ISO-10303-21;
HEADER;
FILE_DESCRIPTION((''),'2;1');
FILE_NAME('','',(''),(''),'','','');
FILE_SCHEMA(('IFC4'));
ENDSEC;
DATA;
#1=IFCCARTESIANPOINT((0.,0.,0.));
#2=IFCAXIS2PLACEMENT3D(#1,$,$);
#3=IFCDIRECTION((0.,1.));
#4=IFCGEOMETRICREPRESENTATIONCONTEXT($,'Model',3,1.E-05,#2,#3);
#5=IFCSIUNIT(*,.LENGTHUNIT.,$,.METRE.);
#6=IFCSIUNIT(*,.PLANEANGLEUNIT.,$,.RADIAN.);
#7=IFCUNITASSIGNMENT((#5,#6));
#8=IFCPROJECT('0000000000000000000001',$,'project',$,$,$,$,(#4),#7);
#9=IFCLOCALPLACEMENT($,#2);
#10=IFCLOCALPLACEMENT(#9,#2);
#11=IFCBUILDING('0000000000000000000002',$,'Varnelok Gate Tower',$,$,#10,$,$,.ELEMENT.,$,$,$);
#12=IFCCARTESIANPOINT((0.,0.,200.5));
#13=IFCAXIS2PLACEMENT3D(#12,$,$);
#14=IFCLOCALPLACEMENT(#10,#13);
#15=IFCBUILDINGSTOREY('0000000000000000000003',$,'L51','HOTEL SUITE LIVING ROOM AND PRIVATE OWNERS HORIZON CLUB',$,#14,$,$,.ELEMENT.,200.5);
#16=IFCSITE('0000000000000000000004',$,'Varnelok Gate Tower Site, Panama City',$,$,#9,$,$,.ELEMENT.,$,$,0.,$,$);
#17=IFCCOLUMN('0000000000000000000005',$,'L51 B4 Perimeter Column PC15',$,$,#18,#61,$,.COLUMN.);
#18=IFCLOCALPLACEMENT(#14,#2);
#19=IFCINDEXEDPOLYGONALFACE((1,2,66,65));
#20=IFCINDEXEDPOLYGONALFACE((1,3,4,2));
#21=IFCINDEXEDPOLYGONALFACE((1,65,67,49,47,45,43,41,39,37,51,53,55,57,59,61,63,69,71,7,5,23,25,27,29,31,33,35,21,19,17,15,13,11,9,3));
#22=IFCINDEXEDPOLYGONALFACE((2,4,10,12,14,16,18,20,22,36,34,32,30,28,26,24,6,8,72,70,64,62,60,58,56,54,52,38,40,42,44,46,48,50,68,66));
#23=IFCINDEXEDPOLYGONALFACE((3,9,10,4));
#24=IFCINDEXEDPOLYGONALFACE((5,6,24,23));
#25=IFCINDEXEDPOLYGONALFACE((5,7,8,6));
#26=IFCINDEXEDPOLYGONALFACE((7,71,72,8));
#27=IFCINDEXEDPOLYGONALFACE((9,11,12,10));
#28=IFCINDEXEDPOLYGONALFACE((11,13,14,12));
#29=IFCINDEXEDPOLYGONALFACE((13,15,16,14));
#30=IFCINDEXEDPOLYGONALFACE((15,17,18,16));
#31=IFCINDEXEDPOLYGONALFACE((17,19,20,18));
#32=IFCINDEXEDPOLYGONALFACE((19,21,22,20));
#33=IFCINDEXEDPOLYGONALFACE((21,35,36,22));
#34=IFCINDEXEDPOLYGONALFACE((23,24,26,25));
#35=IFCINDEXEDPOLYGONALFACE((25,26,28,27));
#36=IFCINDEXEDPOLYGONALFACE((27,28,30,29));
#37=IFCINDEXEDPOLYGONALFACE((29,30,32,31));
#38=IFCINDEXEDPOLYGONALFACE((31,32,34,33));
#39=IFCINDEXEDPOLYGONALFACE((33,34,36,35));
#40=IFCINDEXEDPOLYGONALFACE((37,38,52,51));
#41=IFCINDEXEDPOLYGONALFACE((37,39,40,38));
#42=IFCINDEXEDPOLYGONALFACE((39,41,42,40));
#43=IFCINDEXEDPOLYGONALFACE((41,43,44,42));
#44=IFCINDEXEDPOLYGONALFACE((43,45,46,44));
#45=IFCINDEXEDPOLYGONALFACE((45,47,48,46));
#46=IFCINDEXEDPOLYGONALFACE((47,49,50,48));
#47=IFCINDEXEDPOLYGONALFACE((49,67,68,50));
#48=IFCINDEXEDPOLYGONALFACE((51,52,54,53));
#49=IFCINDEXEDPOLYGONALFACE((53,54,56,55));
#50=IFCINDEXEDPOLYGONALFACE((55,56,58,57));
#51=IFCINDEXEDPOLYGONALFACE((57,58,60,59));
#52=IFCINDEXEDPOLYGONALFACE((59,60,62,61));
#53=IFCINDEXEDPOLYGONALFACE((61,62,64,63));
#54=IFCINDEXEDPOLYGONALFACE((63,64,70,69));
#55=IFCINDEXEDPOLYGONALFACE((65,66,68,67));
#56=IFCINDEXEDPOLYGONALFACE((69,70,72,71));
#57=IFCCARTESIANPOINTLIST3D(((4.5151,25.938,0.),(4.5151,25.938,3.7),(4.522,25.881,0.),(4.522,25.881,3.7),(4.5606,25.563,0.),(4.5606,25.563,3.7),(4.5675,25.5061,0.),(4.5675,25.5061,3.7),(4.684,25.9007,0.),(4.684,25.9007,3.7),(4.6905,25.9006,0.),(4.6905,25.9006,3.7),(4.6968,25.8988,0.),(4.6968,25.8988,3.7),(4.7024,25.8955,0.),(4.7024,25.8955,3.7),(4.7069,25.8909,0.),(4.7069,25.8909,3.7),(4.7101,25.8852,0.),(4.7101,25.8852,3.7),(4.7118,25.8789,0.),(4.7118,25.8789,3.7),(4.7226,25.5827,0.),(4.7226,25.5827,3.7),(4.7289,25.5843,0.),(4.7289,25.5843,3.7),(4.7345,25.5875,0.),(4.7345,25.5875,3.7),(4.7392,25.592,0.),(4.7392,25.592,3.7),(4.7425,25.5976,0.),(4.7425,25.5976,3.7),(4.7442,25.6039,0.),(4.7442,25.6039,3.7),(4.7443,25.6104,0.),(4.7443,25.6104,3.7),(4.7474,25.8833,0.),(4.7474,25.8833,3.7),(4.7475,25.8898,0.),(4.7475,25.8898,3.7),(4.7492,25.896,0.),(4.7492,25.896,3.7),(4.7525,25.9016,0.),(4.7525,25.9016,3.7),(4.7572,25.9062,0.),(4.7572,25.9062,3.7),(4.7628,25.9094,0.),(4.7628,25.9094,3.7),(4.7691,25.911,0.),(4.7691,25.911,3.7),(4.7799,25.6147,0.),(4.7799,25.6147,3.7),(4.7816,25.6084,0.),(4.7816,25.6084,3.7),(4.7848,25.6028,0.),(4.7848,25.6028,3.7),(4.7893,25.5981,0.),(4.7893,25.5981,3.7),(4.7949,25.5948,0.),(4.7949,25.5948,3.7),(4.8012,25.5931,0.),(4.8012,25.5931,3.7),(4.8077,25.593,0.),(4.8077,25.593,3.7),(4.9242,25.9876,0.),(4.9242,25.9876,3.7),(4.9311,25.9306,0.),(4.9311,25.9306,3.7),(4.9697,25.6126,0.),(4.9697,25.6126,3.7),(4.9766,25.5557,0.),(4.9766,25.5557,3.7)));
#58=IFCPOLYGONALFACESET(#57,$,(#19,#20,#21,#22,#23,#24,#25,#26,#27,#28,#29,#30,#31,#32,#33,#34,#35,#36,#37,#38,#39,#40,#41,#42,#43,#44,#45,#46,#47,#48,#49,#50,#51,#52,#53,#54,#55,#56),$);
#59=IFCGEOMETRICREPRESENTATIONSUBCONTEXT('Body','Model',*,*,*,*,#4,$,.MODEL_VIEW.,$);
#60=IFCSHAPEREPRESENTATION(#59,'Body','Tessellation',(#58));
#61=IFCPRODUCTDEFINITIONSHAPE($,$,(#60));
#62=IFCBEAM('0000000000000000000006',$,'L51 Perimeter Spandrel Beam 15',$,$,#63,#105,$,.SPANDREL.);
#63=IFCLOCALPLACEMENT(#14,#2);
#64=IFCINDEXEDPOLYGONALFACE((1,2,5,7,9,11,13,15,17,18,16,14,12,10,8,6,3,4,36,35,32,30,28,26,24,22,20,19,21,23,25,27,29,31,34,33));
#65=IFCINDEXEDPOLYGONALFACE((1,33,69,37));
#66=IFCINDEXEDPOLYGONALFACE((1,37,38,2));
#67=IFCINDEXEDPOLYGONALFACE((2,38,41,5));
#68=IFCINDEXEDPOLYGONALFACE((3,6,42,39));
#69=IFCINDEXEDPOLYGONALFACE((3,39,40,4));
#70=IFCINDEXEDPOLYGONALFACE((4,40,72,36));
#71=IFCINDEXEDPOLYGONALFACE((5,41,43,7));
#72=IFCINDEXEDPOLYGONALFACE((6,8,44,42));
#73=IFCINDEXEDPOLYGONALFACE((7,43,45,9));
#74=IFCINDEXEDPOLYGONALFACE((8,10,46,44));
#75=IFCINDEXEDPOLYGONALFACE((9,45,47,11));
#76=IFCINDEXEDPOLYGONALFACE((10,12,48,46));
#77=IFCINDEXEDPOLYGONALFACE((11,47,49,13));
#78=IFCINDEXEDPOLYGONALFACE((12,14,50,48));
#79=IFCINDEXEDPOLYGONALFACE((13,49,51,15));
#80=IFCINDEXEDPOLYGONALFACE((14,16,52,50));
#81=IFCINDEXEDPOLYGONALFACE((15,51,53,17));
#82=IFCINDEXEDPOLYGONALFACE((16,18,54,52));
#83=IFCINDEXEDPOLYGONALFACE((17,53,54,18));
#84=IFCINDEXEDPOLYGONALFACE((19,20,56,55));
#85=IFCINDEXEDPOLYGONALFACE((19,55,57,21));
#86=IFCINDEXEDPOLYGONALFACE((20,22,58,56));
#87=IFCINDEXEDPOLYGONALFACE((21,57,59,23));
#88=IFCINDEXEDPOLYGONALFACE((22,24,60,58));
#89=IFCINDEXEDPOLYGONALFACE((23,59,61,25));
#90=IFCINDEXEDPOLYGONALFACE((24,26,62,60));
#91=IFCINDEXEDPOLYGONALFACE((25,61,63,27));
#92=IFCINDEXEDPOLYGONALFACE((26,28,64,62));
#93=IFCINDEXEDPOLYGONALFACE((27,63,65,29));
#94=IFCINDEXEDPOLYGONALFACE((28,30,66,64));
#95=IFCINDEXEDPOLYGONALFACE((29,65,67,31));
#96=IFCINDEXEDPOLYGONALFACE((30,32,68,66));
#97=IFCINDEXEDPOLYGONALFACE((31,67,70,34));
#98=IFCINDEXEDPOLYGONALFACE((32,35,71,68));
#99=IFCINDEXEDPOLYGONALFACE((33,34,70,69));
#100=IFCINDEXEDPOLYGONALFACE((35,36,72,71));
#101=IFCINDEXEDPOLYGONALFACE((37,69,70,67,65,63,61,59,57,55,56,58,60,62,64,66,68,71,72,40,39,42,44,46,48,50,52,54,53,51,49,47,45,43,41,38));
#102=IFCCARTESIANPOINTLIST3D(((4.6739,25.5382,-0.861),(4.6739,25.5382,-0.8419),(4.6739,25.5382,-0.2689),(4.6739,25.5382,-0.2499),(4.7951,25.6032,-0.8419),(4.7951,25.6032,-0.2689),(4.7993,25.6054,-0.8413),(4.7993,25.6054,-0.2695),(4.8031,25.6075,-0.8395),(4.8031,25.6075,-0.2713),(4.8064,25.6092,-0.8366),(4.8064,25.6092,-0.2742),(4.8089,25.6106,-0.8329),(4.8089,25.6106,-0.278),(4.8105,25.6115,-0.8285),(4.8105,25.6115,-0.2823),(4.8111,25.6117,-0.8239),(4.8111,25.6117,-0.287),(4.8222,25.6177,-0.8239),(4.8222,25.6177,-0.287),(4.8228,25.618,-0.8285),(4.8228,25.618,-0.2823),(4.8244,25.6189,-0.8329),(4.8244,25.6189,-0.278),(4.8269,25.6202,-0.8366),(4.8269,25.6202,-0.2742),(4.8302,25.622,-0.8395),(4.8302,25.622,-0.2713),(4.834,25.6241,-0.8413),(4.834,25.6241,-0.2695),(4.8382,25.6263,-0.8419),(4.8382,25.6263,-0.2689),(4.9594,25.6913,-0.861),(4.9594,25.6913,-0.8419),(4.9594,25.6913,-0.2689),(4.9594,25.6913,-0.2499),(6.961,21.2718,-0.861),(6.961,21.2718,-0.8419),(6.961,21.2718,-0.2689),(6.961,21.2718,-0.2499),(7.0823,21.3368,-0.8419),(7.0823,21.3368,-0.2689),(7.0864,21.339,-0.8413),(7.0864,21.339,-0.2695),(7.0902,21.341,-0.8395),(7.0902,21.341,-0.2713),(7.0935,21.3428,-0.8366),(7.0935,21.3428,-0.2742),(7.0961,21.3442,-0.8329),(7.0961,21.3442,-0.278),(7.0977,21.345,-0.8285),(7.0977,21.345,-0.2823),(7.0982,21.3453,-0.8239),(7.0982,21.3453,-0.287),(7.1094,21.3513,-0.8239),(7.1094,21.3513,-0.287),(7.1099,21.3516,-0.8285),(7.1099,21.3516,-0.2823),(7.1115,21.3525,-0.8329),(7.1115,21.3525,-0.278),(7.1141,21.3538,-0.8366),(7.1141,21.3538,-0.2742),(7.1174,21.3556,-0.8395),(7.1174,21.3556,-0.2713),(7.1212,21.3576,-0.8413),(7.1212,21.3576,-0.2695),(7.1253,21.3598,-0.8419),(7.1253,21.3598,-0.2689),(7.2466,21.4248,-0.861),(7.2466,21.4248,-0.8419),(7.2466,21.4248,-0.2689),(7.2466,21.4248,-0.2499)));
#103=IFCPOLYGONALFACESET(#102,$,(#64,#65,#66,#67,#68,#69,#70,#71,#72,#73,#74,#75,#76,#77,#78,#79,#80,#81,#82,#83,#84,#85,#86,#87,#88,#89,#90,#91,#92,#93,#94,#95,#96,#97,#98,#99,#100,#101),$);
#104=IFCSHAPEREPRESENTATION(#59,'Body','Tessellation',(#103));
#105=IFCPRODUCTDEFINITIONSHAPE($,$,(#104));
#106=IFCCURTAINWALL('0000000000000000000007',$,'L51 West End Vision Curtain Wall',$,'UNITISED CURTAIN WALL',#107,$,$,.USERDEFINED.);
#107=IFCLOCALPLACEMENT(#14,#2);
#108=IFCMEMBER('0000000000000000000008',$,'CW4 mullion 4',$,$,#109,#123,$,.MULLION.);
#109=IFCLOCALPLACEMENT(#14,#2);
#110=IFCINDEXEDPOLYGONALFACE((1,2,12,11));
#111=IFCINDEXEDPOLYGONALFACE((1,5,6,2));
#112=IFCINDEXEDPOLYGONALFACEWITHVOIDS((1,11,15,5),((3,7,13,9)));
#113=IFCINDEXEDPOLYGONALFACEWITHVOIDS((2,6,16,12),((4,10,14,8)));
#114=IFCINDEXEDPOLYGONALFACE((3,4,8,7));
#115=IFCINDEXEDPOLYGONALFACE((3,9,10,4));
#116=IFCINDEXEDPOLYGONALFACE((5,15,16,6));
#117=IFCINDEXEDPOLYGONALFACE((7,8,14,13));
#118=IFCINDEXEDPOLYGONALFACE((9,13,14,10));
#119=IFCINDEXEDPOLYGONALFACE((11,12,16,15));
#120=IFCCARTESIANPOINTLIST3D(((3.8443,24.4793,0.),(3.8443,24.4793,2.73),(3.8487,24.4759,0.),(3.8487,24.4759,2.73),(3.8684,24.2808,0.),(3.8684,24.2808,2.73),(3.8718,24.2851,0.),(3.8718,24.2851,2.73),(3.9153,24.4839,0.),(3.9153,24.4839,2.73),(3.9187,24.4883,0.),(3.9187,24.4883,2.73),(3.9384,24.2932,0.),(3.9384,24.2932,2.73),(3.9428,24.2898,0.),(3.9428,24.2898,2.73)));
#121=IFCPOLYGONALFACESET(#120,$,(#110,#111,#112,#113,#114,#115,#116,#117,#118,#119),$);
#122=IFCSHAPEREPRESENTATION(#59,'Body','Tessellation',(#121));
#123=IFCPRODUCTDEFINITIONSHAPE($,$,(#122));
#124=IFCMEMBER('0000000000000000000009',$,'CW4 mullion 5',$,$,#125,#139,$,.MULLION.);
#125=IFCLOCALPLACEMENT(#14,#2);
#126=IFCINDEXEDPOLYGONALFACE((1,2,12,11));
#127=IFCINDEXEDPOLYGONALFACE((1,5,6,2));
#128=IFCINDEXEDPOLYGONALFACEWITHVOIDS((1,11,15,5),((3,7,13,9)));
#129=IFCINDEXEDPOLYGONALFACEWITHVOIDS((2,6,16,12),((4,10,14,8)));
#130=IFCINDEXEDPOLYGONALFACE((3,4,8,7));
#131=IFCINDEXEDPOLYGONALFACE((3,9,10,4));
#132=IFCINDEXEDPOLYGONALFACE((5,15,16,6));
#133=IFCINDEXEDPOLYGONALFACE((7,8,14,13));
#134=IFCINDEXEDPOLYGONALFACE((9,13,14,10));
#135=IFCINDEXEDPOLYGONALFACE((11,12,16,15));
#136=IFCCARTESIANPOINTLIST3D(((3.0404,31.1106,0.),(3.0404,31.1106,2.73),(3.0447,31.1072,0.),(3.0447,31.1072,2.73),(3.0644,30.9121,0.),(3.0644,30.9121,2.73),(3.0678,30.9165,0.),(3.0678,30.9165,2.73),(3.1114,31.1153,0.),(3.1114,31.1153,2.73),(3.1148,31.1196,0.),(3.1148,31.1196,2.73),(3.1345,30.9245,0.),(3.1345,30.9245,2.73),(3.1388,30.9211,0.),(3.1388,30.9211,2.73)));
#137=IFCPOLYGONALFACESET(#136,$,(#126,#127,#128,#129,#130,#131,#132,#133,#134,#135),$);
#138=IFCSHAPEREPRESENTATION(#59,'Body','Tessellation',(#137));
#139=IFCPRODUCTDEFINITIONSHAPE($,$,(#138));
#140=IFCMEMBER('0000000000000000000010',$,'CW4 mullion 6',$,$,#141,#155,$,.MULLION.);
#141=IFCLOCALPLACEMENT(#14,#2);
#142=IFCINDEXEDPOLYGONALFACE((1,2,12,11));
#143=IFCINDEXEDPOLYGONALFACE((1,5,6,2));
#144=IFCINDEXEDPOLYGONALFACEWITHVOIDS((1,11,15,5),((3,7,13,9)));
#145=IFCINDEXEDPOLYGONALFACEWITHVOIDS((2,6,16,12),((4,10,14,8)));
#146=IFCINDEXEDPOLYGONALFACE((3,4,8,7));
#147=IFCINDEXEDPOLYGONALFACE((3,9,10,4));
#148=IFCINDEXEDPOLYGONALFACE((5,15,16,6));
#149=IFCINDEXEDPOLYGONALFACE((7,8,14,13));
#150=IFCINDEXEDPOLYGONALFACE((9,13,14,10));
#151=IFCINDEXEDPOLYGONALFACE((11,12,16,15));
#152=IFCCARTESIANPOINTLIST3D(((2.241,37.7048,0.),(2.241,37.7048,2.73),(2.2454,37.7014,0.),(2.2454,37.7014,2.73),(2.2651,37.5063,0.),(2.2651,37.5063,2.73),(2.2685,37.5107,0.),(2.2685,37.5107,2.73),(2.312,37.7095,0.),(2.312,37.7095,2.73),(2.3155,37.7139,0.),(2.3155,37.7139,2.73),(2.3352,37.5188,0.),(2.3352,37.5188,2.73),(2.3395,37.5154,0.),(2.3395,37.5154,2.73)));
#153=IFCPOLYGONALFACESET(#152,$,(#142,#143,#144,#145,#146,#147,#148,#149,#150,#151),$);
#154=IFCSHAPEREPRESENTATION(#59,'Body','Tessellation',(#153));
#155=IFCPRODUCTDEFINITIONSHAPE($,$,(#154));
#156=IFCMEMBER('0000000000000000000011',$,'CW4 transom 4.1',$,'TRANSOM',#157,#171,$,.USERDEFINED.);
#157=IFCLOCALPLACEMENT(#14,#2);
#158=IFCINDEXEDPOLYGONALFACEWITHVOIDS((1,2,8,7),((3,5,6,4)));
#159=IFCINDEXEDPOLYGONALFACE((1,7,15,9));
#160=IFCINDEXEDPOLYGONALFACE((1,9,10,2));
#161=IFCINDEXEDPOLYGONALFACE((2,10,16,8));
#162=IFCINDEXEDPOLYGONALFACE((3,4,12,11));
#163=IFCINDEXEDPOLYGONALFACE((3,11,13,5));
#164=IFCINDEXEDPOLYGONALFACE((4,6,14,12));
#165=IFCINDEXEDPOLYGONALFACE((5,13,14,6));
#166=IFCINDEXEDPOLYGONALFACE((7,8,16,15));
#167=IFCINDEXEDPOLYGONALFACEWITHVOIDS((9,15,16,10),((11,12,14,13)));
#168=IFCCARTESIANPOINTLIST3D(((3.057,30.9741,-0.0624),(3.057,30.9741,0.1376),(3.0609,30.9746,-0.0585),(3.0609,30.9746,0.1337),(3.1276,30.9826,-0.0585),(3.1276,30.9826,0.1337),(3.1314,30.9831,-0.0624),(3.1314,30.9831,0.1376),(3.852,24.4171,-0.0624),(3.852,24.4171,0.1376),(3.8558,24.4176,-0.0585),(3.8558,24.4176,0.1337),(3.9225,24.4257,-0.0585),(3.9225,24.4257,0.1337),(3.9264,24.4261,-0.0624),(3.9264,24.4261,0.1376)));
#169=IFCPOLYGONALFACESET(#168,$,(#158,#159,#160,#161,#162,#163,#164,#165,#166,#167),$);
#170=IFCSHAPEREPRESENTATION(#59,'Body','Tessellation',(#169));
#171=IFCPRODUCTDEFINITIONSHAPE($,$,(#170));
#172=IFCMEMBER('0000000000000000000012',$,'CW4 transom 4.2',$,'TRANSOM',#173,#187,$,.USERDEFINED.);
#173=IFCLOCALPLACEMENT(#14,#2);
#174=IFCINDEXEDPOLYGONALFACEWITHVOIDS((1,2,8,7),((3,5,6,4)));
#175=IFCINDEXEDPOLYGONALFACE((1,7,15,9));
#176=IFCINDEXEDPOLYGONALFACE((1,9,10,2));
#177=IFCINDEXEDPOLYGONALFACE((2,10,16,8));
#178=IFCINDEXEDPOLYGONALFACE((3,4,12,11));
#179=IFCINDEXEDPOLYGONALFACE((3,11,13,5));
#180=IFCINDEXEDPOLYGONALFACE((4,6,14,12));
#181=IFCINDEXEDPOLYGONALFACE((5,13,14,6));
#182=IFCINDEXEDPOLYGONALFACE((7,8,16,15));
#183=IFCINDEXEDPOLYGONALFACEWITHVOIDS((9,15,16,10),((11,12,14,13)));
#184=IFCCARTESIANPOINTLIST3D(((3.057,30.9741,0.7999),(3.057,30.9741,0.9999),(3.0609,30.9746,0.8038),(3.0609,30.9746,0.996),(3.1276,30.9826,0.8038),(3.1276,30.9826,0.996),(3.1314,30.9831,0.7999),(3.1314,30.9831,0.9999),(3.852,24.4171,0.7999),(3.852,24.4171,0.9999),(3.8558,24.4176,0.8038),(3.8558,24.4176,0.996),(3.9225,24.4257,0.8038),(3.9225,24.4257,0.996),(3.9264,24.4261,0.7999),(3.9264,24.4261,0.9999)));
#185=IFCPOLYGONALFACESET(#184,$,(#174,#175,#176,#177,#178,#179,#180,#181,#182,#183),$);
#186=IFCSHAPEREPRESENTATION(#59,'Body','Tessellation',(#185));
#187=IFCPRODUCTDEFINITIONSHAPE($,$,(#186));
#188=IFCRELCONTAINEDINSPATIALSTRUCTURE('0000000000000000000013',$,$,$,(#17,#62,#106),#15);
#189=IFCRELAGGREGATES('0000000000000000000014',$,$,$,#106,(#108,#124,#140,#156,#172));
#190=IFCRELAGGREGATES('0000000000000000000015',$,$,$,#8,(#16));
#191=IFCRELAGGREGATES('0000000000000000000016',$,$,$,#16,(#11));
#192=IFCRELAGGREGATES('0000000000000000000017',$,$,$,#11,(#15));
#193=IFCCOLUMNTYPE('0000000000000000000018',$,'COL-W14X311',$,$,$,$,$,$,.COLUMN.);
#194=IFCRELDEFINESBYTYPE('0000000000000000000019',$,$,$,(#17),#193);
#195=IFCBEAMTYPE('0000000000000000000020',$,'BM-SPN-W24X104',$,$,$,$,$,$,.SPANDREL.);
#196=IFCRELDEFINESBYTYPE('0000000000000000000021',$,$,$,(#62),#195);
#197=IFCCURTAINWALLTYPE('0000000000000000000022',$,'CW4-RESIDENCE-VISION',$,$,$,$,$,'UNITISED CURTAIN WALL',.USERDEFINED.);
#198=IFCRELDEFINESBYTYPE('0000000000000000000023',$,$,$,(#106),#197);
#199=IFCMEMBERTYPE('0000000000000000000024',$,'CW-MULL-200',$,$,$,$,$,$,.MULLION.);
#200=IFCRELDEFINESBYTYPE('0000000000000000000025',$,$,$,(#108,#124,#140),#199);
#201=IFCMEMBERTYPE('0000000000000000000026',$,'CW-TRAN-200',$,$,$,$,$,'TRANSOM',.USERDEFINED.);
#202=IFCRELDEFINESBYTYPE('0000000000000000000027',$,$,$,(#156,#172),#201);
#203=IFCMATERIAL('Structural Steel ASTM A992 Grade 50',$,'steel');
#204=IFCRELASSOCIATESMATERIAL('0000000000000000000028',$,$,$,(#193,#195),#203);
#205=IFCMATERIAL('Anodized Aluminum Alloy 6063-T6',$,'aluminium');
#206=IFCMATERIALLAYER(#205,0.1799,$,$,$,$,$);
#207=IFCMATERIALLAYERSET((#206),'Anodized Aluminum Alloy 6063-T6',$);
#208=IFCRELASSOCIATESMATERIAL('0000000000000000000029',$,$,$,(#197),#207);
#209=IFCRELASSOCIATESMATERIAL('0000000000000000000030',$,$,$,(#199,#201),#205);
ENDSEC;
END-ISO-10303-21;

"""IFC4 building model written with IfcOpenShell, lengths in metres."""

from ifc_helpers import new_model, si_unit, direction, frame, origin, origin_2d, place, context, subcontext, project, spatial, hollow_rectangle, i_section, extrude, material, layer, layer_set, material_profile, profile_set, type_object, element, aggregate, save


model = new_model("IFC4")

# Units and contexts
model_context = context("Model", 3, precision=1e-05, world=origin(), true_north=direction((0.0, 1.0)))
body_context = subcontext(model_context, "Body", "Model", "MODEL_VIEW")
ifc_project = project(units=[si_unit("LENGTHUNIT", "METRE"), si_unit("PLANEANGLEUNIT", "RADIAN")], contexts=[model_context])

# Site, building, storey
site_placement = place(None, origin())
site = spatial("IfcSite", under=ifc_project, at=site_placement, Name="Varnelok Gate Tower Site, Panama City", CompositionType="ELEMENT", RefElevation=0.0)
building_placement = place(site_placement, origin())
building = spatial("IfcBuilding", under=site, at=building_placement, Name="Varnelok Gate Tower", CompositionType="ELEMENT")
storey_placement = place(building_placement, frame((0.0, 0.0, 200.5)))
storey = spatial("IfcBuildingStorey", under=building, at=storey_placement, Name="L51", Description="HOTEL SUITE LIVING ROOM AND PRIVATE OWNERS HORIZON CLUB", CompositionType="ELEMENT", Elevation=200.5)

# Column
ifc_material_1 = material(Name="Structural Steel ASTM A992 Grade 50", Category="steel")
ifc_material_profile_1 = material_profile(ifc_material_1, i_section(OverallWidth=0.4121, OverallDepth=0.4351, WebThickness=0.0359, FlangeThickness=0.0574, FilletRadius=0.0249, at=origin_2d()), Name="W14X311")
ifc_profile_set_1 = profile_set([ifc_material_profile_1], Name="Structural Steel ASTM A992 Grade 50")
column_type = type_object("IfcColumnType", Name="COL-W14X311", PredefinedType="COLUMN", material=ifc_profile_set_1)
column_placement = place(storey_placement, frame((4.7458, 25.7468, 0.0), z_axis=(0.0, 0.0, 1.0), x_axis=(0.992732, 0.120345, 0.0)))
element("IfcColumn", 1, at=column_placement, inside=storey, type_object=column_type, Name="L51 B4 Perimeter Column PC15", PredefinedType="COLUMN", context=body_context, shape_type="SweptSolid", body=[
    extrude(i_section(OverallWidth=0.4121, OverallDepth=0.4351, WebThickness=0.0359, FlangeThickness=0.0574, FilletRadius=0.0249, at=origin_2d()), origin(), (0.0, 0.0, 1.0), 3.7),
])

# Beam
ifc_material_profile_2 = material_profile(ifc_material_1, i_section(OverallWidth=0.324, OverallDepth=0.6111, WebThickness=0.0127, FlangeThickness=0.019, FilletRadius=0.0181, at=origin_2d()), Name="W24X104")
ifc_profile_set_2 = profile_set([ifc_material_profile_2], Name="Structural Steel ASTM A992 Grade 50")
beam_type = type_object("IfcBeamType", Name="BM-SPN-W24X104", PredefinedType="SPANDREL", material=ifc_profile_set_2)
beam_placement = place(storey_placement, frame((4.8167, 25.6147, -0.5554), z_axis=(0.472472, -0.881346, 0.0), x_axis=(0.881346, 0.472472, 0.0)))
element("IfcBeam", 2, at=beam_placement, inside=storey, type_object=beam_type, Name="L51 Perimeter Spandrel Beam 15", PredefinedType="SPANDREL", context=body_context, shape_type="SweptSolid", body=[
    extrude(i_section(OverallWidth=0.324, OverallDepth=0.6111, WebThickness=0.0127, FlangeThickness=0.019, FilletRadius=0.0181, at=origin_2d()), origin(), (0.0, 0.0, 1.0), 4.8408),
])

# Curtain wall, members
ifc_material_2 = material(Name="Anodized Aluminum Alloy 6063-T6", Category="aluminium")
ifc_layer_1 = layer(ifc_material_2, 0.1799)
ifc_layer_set_1 = layer_set([ifc_layer_1], Name="Anodized Aluminum Alloy 6063-T6")
curtain_wall_type = type_object("IfcCurtainWallType", Name="CW4-RESIDENCE-VISION", ElementType="UNITISED CURTAIN WALL", PredefinedType="USERDEFINED", material=ifc_layer_set_1)
curtain_wall_placement = place(storey_placement, origin())
curtain_wall = element("IfcCurtainWall", 3, at=curtain_wall_placement, inside=storey, type_object=curtain_wall_type, Name="L51 West End Vision Curtain Wall", ObjectType="UNITISED CURTAIN WALL", PredefinedType="USERDEFINED")
ifc_material_profile_3 = material_profile(ifc_material_2, hollow_rectangle(XDim=0.075, YDim=0.2, WallThickness=0.0039, at=origin_2d()), Name="ALU200X75X4")
ifc_profile_set_3 = profile_set([ifc_material_profile_3], Name="Anodized Aluminum Alloy 6063-T6")
member_type_1 = type_object("IfcMemberType", Name="CW-MULL-200", PredefinedType="MULLION", material=ifc_profile_set_3)
member_1_placement = place(storey_placement, frame((3.8936, 24.3845, 0.0), z_axis=(0.0, 0.0, 1.0), x_axis=(-0.992732, -0.120345, 0.0)))
member_1 = element("IfcMember", 4, at=member_1_placement, type_object=member_type_1, Name="CW4 mullion 4", PredefinedType="MULLION", context=body_context, shape_type="SweptSolid", body=[
    extrude(hollow_rectangle(XDim=0.075, YDim=0.2, WallThickness=0.0039, at=origin_2d()), origin(), (0.0, 0.0, 1.0), 2.73),
])
member_2_placement = place(storey_placement, frame((3.0896, 31.0159, 0.0), z_axis=(0.0, 0.0, 1.0), x_axis=(-0.992732, -0.120345, 0.0)))
member_2 = element("IfcMember", 5, at=member_2_placement, type_object=member_type_1, Name="CW4 mullion 5", PredefinedType="MULLION", context=body_context, shape_type="SweptSolid", body=[
    extrude(hollow_rectangle(XDim=0.075, YDim=0.2, WallThickness=0.0039, at=origin_2d()), origin(), (0.0, 0.0, 1.0), 2.73),
])
member_3_placement = place(storey_placement, frame((2.2903, 37.6101, 0.0), z_axis=(0.0, 0.0, 1.0), x_axis=(-0.992732, -0.120345, 0.0)))
member_3 = element("IfcMember", 6, at=member_3_placement, type_object=member_type_1, Name="CW4 mullion 6", PredefinedType="MULLION", context=body_context, shape_type="SweptSolid", body=[
    extrude(hollow_rectangle(XDim=0.075, YDim=0.2, WallThickness=0.0039, at=origin_2d()), origin(), (0.0, 0.0, 1.0), 2.73),
])
ifc_material_profile_4 = material_profile(ifc_material_2, hollow_rectangle(XDim=0.075, YDim=0.2, WallThickness=0.0039, at=origin_2d()), Name="ALU200X75X4")
ifc_profile_set_4 = profile_set([ifc_material_profile_4], Name="Anodized Aluminum Alloy 6063-T6")
member_type_2 = type_object("IfcMemberType", Name="CW-TRAN-200", ElementType="TRANSOM", PredefinedType="USERDEFINED", material=ifc_profile_set_4)
member_4_placement = place(storey_placement, frame((3.8892, 24.4216, 0.0376), z_axis=(-0.120353, 0.992731, 0.0), x_axis=(-0.992731, -0.120353, 0.0)))
member_4 = element("IfcMember", 7, at=member_4_placement, type_object=member_type_2, Name="CW4 transom 4.1", ObjectType="TRANSOM", PredefinedType="USERDEFINED", context=body_context, shape_type="SweptSolid", body=[
    extrude(hollow_rectangle(XDim=0.075, YDim=0.2, WallThickness=0.0039, at=origin_2d()), origin(), (0.0, 0.0, 1.0), 6.605),
])
member_5_placement = place(storey_placement, frame((3.8892, 24.4216, 0.8999), z_axis=(-0.120353, 0.992731, 0.0), x_axis=(-0.992731, -0.120353, 0.0)))
member_5 = element("IfcMember", 8, at=member_5_placement, type_object=member_type_2, Name="CW4 transom 4.2", ObjectType="TRANSOM", PredefinedType="USERDEFINED", context=body_context, shape_type="SweptSolid", body=[
    extrude(hollow_rectangle(XDim=0.075, YDim=0.2, WallThickness=0.0039, at=origin_2d()), origin(), (0.0, 0.0, 1.0), 6.605),
])
aggregate(curtain_wall, [member_1, member_2, member_3, member_4, member_5])

save(model, "model.ifc")
